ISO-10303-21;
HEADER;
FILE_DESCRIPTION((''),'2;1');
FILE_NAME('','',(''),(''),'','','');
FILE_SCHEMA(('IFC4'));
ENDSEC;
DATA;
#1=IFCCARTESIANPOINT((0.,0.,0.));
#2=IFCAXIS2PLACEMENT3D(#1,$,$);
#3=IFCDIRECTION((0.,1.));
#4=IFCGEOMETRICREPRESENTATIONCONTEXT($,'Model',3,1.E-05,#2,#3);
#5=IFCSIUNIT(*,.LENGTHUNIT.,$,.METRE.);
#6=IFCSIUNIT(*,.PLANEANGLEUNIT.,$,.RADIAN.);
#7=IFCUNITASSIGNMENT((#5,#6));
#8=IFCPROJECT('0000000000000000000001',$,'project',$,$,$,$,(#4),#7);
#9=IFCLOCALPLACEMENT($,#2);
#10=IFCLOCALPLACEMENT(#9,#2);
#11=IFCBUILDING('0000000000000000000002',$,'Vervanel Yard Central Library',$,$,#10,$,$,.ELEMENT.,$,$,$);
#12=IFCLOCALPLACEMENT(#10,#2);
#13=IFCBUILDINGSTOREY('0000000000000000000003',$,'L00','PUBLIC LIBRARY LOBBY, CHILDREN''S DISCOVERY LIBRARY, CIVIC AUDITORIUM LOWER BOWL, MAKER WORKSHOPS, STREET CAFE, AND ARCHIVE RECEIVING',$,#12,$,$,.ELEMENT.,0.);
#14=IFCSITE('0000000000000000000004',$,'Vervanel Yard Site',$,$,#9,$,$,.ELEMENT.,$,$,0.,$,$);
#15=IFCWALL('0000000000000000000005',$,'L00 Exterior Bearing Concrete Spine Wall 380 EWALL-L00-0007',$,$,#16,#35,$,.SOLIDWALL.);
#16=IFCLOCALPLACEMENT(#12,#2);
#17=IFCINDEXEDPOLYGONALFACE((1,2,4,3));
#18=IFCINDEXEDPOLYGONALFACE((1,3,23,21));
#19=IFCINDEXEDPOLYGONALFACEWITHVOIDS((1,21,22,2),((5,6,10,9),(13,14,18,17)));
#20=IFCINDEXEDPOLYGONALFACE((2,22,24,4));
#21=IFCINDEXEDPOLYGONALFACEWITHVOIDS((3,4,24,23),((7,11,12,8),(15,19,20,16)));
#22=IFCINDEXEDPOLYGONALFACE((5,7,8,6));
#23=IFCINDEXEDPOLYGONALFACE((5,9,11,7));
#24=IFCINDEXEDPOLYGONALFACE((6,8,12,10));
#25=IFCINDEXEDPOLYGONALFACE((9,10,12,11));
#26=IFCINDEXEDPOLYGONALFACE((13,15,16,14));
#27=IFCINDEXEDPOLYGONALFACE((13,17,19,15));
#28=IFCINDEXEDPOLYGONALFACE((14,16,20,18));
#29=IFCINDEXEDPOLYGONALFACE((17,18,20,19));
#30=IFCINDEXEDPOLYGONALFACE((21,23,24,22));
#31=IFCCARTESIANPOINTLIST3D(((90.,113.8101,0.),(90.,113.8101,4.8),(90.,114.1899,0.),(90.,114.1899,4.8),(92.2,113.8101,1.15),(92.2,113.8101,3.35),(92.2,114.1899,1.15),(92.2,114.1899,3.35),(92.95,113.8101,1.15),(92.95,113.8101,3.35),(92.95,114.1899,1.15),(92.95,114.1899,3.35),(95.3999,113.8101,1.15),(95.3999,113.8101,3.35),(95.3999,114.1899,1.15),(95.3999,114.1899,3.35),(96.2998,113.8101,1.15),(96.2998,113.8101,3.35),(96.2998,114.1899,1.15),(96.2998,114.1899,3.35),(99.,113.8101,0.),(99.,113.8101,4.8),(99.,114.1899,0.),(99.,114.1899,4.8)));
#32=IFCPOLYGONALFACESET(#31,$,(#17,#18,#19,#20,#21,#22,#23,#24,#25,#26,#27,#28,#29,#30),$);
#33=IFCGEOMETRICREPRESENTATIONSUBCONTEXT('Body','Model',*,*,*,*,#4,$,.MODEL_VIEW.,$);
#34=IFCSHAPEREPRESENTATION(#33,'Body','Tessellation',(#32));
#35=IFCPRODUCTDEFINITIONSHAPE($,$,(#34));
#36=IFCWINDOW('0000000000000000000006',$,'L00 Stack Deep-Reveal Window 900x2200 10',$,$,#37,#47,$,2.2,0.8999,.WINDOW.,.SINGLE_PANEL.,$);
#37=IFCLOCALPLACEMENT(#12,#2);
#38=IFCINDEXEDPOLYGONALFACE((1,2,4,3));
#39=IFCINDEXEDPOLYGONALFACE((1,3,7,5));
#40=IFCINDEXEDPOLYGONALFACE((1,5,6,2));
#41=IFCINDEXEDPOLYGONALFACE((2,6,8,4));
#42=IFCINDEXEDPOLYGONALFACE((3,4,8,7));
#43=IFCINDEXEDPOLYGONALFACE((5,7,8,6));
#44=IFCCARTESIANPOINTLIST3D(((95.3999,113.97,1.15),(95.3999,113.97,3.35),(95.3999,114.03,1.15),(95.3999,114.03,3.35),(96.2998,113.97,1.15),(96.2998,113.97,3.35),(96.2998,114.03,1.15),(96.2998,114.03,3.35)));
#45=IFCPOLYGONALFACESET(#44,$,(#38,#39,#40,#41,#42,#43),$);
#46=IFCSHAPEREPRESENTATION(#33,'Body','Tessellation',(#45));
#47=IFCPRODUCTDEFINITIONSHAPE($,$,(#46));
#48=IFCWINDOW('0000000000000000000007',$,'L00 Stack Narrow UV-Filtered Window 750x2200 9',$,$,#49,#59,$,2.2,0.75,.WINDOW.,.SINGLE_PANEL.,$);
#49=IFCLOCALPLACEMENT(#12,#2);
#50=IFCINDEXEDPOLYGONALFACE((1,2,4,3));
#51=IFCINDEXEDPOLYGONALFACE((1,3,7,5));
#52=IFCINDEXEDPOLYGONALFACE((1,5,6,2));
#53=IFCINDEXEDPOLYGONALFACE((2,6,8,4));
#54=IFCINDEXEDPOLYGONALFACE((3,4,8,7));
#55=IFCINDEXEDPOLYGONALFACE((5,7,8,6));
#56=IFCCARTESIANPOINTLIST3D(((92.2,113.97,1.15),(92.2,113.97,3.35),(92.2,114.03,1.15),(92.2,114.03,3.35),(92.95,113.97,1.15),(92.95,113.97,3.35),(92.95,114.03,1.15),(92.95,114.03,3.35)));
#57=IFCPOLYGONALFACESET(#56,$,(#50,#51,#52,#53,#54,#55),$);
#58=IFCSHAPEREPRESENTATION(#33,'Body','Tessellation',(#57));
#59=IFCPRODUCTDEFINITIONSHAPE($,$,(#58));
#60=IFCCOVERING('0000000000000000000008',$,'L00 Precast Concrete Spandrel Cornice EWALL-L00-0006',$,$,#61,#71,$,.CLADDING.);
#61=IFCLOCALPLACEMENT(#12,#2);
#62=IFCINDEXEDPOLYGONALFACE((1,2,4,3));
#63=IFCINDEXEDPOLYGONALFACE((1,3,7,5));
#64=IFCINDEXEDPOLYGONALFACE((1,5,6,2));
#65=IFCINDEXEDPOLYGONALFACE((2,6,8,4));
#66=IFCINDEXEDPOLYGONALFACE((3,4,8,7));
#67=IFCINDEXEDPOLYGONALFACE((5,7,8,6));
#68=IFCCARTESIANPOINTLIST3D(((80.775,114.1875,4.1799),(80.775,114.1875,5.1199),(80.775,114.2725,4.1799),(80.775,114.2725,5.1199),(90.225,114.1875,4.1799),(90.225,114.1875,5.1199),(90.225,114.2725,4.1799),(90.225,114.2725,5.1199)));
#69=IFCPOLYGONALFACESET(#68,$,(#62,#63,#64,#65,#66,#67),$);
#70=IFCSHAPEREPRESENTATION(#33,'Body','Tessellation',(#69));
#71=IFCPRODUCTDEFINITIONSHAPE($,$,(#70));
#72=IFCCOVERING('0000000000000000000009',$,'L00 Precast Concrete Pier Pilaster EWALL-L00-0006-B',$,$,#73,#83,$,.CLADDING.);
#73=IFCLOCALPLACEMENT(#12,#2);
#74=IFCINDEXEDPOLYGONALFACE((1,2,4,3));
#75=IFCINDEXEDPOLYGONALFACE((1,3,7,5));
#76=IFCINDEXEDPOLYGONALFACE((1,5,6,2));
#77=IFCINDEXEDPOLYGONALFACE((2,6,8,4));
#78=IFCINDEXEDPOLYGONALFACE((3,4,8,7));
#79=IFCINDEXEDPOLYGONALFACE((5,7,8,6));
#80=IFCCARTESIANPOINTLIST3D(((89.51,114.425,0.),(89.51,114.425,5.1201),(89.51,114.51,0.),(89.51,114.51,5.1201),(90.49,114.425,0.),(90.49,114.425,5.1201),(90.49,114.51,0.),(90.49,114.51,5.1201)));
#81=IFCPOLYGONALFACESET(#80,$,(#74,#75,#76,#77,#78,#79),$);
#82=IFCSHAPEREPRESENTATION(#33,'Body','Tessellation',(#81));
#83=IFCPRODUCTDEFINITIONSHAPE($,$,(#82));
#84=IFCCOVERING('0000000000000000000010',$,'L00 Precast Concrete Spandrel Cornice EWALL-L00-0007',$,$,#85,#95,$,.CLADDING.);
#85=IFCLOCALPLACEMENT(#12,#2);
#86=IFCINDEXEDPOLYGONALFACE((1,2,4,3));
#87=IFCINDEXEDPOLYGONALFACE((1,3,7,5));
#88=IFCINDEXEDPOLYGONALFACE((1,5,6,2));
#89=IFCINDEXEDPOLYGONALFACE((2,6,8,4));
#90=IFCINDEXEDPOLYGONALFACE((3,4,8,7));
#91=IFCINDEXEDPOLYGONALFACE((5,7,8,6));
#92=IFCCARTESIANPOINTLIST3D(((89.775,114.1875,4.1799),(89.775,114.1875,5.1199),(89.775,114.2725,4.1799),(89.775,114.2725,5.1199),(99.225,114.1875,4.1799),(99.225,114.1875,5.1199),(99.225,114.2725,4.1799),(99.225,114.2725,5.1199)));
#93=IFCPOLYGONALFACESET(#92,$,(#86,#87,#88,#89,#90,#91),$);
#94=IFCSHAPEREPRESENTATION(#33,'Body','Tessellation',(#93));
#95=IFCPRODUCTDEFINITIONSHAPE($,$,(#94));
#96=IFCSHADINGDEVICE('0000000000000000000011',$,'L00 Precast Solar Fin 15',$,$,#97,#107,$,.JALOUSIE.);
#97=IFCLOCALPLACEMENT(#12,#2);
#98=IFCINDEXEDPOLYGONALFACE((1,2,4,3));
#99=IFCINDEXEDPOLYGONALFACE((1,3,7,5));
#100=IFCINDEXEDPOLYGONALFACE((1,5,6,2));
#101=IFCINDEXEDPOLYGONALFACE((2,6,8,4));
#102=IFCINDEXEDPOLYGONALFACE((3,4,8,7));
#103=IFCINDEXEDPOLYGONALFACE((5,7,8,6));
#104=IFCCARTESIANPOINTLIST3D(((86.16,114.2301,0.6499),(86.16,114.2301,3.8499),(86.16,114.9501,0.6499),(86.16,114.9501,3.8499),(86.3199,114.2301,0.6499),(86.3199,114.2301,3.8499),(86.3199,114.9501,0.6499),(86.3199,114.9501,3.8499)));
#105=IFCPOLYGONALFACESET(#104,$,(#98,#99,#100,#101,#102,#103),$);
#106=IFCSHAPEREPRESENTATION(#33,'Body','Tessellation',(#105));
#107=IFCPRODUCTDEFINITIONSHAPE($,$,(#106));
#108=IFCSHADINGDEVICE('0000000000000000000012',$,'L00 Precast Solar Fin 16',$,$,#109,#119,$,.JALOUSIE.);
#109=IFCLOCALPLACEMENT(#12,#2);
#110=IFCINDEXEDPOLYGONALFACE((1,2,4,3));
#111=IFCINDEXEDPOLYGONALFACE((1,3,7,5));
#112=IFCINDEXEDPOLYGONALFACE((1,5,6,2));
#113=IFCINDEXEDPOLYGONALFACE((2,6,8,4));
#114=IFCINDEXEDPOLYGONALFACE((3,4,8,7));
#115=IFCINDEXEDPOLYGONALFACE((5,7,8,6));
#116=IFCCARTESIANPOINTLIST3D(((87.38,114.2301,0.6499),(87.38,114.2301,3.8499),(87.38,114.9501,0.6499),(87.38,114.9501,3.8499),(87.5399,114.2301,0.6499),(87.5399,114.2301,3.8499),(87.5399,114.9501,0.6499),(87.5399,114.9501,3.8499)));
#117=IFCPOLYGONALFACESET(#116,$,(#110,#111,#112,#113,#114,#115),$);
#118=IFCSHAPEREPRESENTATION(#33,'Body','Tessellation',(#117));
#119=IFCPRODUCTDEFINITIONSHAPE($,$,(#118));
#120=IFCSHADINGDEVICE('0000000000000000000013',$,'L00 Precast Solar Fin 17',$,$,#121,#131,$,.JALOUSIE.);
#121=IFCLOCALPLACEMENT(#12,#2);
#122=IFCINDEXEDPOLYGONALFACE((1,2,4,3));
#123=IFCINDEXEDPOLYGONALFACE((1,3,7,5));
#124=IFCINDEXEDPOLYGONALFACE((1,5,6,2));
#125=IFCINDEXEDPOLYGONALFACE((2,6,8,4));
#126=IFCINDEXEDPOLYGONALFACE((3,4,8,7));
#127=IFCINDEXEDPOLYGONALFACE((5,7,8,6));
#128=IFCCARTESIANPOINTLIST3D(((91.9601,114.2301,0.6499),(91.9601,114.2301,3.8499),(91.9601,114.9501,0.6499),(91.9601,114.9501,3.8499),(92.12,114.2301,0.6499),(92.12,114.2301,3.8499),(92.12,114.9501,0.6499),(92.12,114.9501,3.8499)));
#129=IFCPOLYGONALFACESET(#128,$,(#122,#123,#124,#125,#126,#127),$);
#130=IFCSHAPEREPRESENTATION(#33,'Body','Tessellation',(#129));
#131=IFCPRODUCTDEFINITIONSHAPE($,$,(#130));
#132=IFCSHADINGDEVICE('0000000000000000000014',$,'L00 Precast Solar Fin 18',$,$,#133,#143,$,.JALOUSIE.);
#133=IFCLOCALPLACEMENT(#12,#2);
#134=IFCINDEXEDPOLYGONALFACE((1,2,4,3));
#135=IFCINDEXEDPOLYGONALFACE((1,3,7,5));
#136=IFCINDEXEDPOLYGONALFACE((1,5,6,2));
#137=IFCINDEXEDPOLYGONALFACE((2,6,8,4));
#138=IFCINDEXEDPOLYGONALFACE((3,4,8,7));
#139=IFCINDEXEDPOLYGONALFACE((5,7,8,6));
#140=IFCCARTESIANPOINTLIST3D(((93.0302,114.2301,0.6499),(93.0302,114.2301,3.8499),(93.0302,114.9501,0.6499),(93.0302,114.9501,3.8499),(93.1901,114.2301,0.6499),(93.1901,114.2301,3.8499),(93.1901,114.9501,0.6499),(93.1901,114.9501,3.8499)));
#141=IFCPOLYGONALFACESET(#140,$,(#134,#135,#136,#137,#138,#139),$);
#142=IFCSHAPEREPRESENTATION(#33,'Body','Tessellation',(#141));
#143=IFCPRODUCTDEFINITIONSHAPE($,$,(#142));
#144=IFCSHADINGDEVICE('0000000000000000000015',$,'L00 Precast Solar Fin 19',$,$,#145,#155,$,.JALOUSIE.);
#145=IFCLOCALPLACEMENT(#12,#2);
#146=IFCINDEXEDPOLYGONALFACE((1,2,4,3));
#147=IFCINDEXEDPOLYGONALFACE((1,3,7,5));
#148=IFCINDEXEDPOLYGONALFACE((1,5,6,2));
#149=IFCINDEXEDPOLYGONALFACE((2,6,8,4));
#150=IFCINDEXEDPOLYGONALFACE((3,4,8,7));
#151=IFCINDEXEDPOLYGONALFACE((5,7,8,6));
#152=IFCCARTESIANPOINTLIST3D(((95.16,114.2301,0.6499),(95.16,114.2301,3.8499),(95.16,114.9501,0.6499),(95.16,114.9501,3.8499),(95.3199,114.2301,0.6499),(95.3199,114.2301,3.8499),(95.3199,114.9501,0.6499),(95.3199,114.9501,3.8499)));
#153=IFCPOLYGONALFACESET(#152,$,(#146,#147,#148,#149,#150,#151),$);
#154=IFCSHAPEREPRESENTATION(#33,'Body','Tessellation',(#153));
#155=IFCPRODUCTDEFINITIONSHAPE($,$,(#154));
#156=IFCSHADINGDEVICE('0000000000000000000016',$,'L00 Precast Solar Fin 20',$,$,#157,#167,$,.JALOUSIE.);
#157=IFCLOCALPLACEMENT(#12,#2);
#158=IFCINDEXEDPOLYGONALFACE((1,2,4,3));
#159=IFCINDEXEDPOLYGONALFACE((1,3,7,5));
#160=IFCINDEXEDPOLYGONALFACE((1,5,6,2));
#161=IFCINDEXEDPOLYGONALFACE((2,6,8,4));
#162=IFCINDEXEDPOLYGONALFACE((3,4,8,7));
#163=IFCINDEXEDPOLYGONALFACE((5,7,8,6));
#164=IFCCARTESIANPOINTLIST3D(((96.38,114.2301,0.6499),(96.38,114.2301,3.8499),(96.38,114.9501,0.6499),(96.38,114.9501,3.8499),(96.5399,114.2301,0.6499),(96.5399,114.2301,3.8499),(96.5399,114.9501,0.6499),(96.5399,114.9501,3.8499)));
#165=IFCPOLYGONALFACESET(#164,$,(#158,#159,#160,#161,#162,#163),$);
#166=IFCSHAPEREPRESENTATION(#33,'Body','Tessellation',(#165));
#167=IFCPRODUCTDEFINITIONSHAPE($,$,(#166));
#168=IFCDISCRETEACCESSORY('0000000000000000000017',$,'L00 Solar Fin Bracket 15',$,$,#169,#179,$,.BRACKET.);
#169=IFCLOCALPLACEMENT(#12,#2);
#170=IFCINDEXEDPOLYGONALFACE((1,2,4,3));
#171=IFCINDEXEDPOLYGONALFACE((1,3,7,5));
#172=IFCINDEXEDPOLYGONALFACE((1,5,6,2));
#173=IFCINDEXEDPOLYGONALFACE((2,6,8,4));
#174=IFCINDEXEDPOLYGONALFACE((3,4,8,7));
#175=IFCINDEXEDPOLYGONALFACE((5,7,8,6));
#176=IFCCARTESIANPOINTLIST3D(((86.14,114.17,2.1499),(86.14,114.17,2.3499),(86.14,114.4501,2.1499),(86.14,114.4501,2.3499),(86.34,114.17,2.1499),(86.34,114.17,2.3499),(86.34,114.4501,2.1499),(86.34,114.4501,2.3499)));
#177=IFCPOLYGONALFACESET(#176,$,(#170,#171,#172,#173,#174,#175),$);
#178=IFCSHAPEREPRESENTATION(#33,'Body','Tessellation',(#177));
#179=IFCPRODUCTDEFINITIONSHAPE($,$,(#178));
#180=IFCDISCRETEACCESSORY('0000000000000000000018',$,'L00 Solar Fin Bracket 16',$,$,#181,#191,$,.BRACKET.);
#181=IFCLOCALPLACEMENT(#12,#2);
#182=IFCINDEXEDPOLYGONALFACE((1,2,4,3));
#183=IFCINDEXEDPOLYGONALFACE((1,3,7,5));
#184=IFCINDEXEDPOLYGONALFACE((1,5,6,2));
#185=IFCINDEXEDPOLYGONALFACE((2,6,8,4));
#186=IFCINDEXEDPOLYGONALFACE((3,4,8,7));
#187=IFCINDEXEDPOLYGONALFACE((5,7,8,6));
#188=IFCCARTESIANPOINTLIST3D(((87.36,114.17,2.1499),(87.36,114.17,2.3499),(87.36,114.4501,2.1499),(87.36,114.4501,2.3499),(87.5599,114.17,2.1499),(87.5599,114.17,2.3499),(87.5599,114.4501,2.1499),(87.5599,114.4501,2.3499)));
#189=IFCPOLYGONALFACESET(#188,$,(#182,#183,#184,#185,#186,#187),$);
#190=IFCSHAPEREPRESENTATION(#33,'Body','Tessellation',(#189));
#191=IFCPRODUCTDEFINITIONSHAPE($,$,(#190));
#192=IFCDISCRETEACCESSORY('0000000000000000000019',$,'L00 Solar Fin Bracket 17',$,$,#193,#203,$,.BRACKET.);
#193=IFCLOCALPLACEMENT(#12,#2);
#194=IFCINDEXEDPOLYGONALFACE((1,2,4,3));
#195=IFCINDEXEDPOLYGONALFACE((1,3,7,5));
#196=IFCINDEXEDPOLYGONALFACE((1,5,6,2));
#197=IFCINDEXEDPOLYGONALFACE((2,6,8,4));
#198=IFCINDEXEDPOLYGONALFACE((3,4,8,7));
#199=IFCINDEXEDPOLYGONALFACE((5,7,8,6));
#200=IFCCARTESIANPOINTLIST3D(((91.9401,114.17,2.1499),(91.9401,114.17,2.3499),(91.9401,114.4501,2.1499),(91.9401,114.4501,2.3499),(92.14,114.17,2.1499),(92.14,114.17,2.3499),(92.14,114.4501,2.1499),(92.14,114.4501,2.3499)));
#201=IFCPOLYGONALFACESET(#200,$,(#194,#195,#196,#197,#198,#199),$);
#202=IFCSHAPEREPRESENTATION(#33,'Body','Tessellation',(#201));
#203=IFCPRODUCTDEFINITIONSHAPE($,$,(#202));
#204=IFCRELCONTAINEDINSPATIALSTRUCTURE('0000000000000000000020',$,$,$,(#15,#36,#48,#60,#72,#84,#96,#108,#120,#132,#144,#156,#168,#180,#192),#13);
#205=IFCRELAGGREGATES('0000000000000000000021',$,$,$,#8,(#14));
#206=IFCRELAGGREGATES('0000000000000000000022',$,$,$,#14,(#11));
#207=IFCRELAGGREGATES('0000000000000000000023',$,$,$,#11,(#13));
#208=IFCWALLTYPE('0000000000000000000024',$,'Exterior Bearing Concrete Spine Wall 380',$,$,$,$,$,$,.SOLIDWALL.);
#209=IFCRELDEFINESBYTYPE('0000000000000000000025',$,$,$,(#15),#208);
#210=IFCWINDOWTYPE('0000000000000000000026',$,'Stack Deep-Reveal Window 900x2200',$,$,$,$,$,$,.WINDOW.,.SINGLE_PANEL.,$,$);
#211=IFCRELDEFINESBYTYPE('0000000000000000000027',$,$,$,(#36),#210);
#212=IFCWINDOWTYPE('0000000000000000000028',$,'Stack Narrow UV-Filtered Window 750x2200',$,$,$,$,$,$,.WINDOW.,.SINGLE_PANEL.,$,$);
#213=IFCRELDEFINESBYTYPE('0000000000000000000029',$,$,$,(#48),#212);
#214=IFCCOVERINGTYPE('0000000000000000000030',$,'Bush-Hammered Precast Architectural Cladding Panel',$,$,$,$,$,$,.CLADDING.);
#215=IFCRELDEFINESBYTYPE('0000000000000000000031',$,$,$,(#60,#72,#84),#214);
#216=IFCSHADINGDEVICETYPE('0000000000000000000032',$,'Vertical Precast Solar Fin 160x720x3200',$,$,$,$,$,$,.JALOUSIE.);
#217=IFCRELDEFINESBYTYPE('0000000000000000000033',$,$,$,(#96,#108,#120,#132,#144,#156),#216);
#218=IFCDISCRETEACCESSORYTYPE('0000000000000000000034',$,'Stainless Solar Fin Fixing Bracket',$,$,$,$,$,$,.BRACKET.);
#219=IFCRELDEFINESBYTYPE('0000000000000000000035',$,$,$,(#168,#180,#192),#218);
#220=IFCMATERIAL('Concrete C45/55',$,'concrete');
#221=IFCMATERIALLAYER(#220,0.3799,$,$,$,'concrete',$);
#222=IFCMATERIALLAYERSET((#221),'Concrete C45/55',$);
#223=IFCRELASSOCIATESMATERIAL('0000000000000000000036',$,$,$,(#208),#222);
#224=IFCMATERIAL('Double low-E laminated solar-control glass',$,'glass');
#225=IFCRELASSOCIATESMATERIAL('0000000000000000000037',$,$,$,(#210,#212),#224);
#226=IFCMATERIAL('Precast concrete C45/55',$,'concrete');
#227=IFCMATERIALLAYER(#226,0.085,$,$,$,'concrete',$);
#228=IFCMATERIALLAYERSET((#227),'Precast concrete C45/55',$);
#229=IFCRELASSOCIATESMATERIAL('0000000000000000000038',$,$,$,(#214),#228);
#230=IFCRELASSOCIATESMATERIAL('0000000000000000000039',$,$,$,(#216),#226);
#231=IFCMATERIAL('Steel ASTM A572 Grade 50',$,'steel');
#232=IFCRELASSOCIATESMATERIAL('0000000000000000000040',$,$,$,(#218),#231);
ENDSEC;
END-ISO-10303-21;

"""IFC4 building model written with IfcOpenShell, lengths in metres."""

from ifc_helpers import new_model, si_unit, direction, frame, frame_2d, origin, origin_2d, place, context, subcontext, project, spatial, rectangle, extrude, material, layer, layer_set, type_object, element, fill, save


model = new_model("IFC4")

# Units and contexts
model_context = context("Model", 3, precision=1e-05, world=origin(), true_north=direction((0.0, 1.0)))
body_context = subcontext(model_context, "Body", "Model", "MODEL_VIEW")
ifc_project = project(units=[si_unit("LENGTHUNIT", "METRE"), si_unit("PLANEANGLEUNIT", "RADIAN")], contexts=[model_context])

# Site, building, storey
site_placement = place(None, origin())
site = spatial("IfcSite", under=ifc_project, at=site_placement, Name="Vervanel Yard Site", CompositionType="ELEMENT", RefElevation=0.0)
building_placement = place(site_placement, origin())
building = spatial("IfcBuilding", under=site, at=building_placement, Name="Vervanel Yard Central Library", CompositionType="ELEMENT")
storey_placement = place(building_placement, origin())
storey = spatial("IfcBuildingStorey", under=building, at=storey_placement, Name="L00", Description="PUBLIC LIBRARY LOBBY, CHILDREN'S DISCOVERY LIBRARY, CIVIC AUDITORIUM LOWER BOWL, MAKER WORKSHOPS, STREET CAFE, AND ARCHIVE RECEIVING", CompositionType="ELEMENT", Elevation=0.0)

# Shared definitions
ifc_material_1 = material(Name="Concrete C45/55", Category="concrete")

# Wall, openings, windows
ifc_layer_1 = layer(ifc_material_1, 0.3799, Category="concrete")
ifc_layer_set_1 = layer_set([ifc_layer_1], Name="Concrete C45/55")
wall_type = type_object("IfcWallType", Name="Exterior Bearing Concrete Spine Wall 380", PredefinedType="SOLIDWALL", material=ifc_layer_set_1)
wall_placement = place(storey_placement, frame((90.0, 114.0, 0.0), z_axis=(0.0, 0.0, 1.0), x_axis=(1.0, 0.0, 0.0)))
wall = element("IfcWall", 1, at=wall_placement, inside=storey, type_object=wall_type, Name="L00 Exterior Bearing Concrete Spine Wall 380 EWALL-L00-0007", PredefinedType="SOLIDWALL", context=body_context, shape_type="SweptSolid", body=[
    extrude(rectangle(XDim=9.0, YDim=0.3799, at=frame_2d((4.5, 0.0))), origin(), (0.0, 0.0, 1.0), 4.8),
])
opening_1_placement = place(wall_placement, frame((2.2, 0.0, 1.1499)))
opening_1 = element("IfcOpeningElement", 2, at=opening_1_placement, cuts=wall, PredefinedType="OPENING", context=body_context, shape_type="SweptSolid", body=[
    extrude(rectangle(XDim=0.75, YDim=2.2, at=frame_2d((0.375, 1.1001))), frame((0.0, 0.2, 0.0), z_axis=(0.0, -1.0, 0.0), x_axis=(1.0, 0.0, 0.0)), (0.0, 0.0, 1.0), 0.3999),
])
opening_2_placement = place(wall_placement, frame((5.3999, 0.0, 1.1499)))
opening_2 = element("IfcOpeningElement", 3, at=opening_2_placement, cuts=wall, PredefinedType="OPENING", context=body_context, shape_type="SweptSolid", body=[
    extrude(rectangle(XDim=0.8999, YDim=2.2, at=frame_2d((0.45, 1.1001))), frame((0.0, 0.2, 0.0), z_axis=(0.0, -1.0, 0.0), x_axis=(1.0, 0.0, 0.0)), (0.0, 0.0, 1.0), 0.3999),
])
ifc_material_2 = material(Name="Double low-E laminated solar-control glass", Category="glass")
window_type_1 = type_object("IfcWindowType", Name="Stack Deep-Reveal Window 900x2200", PartitioningType="SINGLE_PANEL", PredefinedType="WINDOW", material=ifc_material_2)
window_1_placement = place(opening_2_placement, origin())
window_1 = element("IfcWindow", 4, at=window_1_placement, inside=storey, type_object=window_type_1, Name="L00 Stack Deep-Reveal Window 900x2200 10", OverallHeight=2.2, OverallWidth=0.8999, PartitioningType="SINGLE_PANEL", PredefinedType="WINDOW", context=body_context, shape_type="SweptSolid", body=[
    extrude(rectangle(XDim=0.8999, YDim=2.2, at=frame_2d((0.45, 1.1001))), frame((0.0, 0.03, 0.0), z_axis=(0.0, -1.0, 0.0), x_axis=(1.0, 0.0, 0.0)), (0.0, 0.0, 1.0), 0.0601),
])
fill(opening_2, window_1)
window_type_2 = type_object("IfcWindowType", Name="Stack Narrow UV-Filtered Window 750x2200", PartitioningType="SINGLE_PANEL", PredefinedType="WINDOW", material=ifc_material_2)
window_2_placement = place(opening_1_placement, origin())
window_2 = element("IfcWindow", 5, at=window_2_placement, inside=storey, type_object=window_type_2, Name="L00 Stack Narrow UV-Filtered Window 750x2200 9", OverallHeight=2.2, OverallWidth=0.75, PartitioningType="SINGLE_PANEL", PredefinedType="WINDOW", context=body_context, shape_type="SweptSolid", body=[
    extrude(rectangle(XDim=0.75, YDim=2.2, at=frame_2d((0.375, 1.1001))), frame((0.0, 0.03, 0.0), z_axis=(0.0, -1.0, 0.0), x_axis=(1.0, 0.0, 0.0)), (0.0, 0.0, 1.0), 0.0601),
])
fill(opening_1, window_2)

# Coverings
ifc_material_3 = material(Name="Precast concrete C45/55", Category="concrete")
ifc_layer_2 = layer(ifc_material_3, 0.085, Category="concrete")
ifc_layer_set_2 = layer_set([ifc_layer_2], Name="Precast concrete C45/55")
covering_type = type_object("IfcCoveringType", Name="Bush-Hammered Precast Architectural Cladding Panel", PredefinedType="CLADDING", material=ifc_layer_set_2)
covering_1_placement = place(storey_placement, frame((85.5, 114.23, 4.1799), z_axis=(0.0, 0.0, 1.0), x_axis=(1.0, 0.0, 0.0)))
element("IfcCovering", 6, at=covering_1_placement, inside=storey, type_object=covering_type, Name="L00 Precast Concrete Spandrel Cornice EWALL-L00-0006", PredefinedType="CLADDING", context=body_context, shape_type="SweptSolid", body=[
    extrude(rectangle(XDim=9.45, YDim=0.085, at=origin_2d()), origin(), (0.0, 0.0, 1.0), 0.9399),
])
covering_2_placement = place(storey_placement, frame((90.0, 114.4675, 0.0), z_axis=(0.0, 0.0, 1.0), x_axis=(1.0, 0.0, 0.0)))
element("IfcCovering", 7, at=covering_2_placement, inside=storey, type_object=covering_type, Name="L00 Precast Concrete Pier Pilaster EWALL-L00-0006-B", PredefinedType="CLADDING", context=body_context, shape_type="SweptSolid", body=[
    extrude(rectangle(XDim=0.98, YDim=0.085, at=origin_2d()), origin(), (0.0, 0.0, 1.0), 5.1201),
])
covering_3_placement = place(storey_placement, frame((94.5, 114.23, 4.1799), z_axis=(0.0, 0.0, 1.0), x_axis=(1.0, 0.0, 0.0)))
element("IfcCovering", 8, at=covering_3_placement, inside=storey, type_object=covering_type, Name="L00 Precast Concrete Spandrel Cornice EWALL-L00-0007", PredefinedType="CLADDING", context=body_context, shape_type="SweptSolid", body=[
    extrude(rectangle(XDim=9.45, YDim=0.085, at=origin_2d()), origin(), (0.0, 0.0, 1.0), 0.9399),
])

# Shading devices
shading_device_type = type_object("IfcShadingDeviceType", Name="Vertical Precast Solar Fin 160x720x3200", PredefinedType="JALOUSIE", material=ifc_material_3)
for number, where, z_axis, x_axis, name in (
    (9, (86.24, 114.5901, 0.6499), (0.0, 0.0, 1.0), (1.0, 0.0, 0.0), "L00 Precast Solar Fin 15"),
    (10, (87.46, 114.5901, 0.6499), (0.0, 0.0, 1.0), (1.0, 0.0, 0.0), "L00 Precast Solar Fin 16"),
    (11, (92.04, 114.5901, 0.6499), (0.0, 0.0, 1.0), (1.0, 0.0, 0.0), "L00 Precast Solar Fin 17"),
    (12, (93.1101, 114.5901, 0.6499), (0.0, 0.0, 1.0), (1.0, 0.0, 0.0), "L00 Precast Solar Fin 18"),
    (13, (95.24, 114.5901, 0.6499), (0.0, 0.0, 1.0), (1.0, 0.0, 0.0), "L00 Precast Solar Fin 19"),
    (14, (96.46, 114.5901, 0.6499), (0.0, 0.0, 1.0), (1.0, 0.0, 0.0), "L00 Precast Solar Fin 20"),
):
    element("IfcShadingDevice", number, at=place(storey_placement, frame(where, z_axis=z_axis, x_axis=x_axis)), inside=storey, type_object=shading_device_type, Name=name, PredefinedType="JALOUSIE", context=body_context, shape_type="SweptSolid", body=[
        extrude(rectangle(XDim=0.1599, YDim=0.72, at=origin_2d()), origin(), (0.0, 0.0, 1.0), 3.2),
    ])

# Discrete accessories
ifc_material_4 = material(Name="Steel ASTM A572 Grade 50", Category="steel")
discrete_accessory_type = type_object("IfcDiscreteAccessoryType", Name="Stainless Solar Fin Fixing Bracket", PredefinedType="BRACKET", material=ifc_material_4)
for number, where, z_axis, x_axis, name in (
    (15, (86.24, 114.3101, 2.1499), (0.0, 0.0, 1.0), (1.0, 0.0, 0.0), "L00 Solar Fin Bracket 15"),
    (16, (87.46, 114.3101, 2.1499), (0.0, 0.0, 1.0), (1.0, 0.0, 0.0), "L00 Solar Fin Bracket 16"),
    (17, (92.04, 114.3101, 2.1499), (0.0, 0.0, 1.0), (1.0, 0.0, 0.0), "L00 Solar Fin Bracket 17"),
):
    element("IfcDiscreteAccessory", number, at=place(storey_placement, frame(where, z_axis=z_axis, x_axis=x_axis)), inside=storey, type_object=discrete_accessory_type, Name=name, PredefinedType="BRACKET", context=body_context, shape_type="SweptSolid", body=[
        extrude(rectangle(XDim=0.2, YDim=0.28, at=origin_2d()), origin(), (0.0, 0.0, 1.0), 0.2),
    ])

save(model, "model.ifc")
